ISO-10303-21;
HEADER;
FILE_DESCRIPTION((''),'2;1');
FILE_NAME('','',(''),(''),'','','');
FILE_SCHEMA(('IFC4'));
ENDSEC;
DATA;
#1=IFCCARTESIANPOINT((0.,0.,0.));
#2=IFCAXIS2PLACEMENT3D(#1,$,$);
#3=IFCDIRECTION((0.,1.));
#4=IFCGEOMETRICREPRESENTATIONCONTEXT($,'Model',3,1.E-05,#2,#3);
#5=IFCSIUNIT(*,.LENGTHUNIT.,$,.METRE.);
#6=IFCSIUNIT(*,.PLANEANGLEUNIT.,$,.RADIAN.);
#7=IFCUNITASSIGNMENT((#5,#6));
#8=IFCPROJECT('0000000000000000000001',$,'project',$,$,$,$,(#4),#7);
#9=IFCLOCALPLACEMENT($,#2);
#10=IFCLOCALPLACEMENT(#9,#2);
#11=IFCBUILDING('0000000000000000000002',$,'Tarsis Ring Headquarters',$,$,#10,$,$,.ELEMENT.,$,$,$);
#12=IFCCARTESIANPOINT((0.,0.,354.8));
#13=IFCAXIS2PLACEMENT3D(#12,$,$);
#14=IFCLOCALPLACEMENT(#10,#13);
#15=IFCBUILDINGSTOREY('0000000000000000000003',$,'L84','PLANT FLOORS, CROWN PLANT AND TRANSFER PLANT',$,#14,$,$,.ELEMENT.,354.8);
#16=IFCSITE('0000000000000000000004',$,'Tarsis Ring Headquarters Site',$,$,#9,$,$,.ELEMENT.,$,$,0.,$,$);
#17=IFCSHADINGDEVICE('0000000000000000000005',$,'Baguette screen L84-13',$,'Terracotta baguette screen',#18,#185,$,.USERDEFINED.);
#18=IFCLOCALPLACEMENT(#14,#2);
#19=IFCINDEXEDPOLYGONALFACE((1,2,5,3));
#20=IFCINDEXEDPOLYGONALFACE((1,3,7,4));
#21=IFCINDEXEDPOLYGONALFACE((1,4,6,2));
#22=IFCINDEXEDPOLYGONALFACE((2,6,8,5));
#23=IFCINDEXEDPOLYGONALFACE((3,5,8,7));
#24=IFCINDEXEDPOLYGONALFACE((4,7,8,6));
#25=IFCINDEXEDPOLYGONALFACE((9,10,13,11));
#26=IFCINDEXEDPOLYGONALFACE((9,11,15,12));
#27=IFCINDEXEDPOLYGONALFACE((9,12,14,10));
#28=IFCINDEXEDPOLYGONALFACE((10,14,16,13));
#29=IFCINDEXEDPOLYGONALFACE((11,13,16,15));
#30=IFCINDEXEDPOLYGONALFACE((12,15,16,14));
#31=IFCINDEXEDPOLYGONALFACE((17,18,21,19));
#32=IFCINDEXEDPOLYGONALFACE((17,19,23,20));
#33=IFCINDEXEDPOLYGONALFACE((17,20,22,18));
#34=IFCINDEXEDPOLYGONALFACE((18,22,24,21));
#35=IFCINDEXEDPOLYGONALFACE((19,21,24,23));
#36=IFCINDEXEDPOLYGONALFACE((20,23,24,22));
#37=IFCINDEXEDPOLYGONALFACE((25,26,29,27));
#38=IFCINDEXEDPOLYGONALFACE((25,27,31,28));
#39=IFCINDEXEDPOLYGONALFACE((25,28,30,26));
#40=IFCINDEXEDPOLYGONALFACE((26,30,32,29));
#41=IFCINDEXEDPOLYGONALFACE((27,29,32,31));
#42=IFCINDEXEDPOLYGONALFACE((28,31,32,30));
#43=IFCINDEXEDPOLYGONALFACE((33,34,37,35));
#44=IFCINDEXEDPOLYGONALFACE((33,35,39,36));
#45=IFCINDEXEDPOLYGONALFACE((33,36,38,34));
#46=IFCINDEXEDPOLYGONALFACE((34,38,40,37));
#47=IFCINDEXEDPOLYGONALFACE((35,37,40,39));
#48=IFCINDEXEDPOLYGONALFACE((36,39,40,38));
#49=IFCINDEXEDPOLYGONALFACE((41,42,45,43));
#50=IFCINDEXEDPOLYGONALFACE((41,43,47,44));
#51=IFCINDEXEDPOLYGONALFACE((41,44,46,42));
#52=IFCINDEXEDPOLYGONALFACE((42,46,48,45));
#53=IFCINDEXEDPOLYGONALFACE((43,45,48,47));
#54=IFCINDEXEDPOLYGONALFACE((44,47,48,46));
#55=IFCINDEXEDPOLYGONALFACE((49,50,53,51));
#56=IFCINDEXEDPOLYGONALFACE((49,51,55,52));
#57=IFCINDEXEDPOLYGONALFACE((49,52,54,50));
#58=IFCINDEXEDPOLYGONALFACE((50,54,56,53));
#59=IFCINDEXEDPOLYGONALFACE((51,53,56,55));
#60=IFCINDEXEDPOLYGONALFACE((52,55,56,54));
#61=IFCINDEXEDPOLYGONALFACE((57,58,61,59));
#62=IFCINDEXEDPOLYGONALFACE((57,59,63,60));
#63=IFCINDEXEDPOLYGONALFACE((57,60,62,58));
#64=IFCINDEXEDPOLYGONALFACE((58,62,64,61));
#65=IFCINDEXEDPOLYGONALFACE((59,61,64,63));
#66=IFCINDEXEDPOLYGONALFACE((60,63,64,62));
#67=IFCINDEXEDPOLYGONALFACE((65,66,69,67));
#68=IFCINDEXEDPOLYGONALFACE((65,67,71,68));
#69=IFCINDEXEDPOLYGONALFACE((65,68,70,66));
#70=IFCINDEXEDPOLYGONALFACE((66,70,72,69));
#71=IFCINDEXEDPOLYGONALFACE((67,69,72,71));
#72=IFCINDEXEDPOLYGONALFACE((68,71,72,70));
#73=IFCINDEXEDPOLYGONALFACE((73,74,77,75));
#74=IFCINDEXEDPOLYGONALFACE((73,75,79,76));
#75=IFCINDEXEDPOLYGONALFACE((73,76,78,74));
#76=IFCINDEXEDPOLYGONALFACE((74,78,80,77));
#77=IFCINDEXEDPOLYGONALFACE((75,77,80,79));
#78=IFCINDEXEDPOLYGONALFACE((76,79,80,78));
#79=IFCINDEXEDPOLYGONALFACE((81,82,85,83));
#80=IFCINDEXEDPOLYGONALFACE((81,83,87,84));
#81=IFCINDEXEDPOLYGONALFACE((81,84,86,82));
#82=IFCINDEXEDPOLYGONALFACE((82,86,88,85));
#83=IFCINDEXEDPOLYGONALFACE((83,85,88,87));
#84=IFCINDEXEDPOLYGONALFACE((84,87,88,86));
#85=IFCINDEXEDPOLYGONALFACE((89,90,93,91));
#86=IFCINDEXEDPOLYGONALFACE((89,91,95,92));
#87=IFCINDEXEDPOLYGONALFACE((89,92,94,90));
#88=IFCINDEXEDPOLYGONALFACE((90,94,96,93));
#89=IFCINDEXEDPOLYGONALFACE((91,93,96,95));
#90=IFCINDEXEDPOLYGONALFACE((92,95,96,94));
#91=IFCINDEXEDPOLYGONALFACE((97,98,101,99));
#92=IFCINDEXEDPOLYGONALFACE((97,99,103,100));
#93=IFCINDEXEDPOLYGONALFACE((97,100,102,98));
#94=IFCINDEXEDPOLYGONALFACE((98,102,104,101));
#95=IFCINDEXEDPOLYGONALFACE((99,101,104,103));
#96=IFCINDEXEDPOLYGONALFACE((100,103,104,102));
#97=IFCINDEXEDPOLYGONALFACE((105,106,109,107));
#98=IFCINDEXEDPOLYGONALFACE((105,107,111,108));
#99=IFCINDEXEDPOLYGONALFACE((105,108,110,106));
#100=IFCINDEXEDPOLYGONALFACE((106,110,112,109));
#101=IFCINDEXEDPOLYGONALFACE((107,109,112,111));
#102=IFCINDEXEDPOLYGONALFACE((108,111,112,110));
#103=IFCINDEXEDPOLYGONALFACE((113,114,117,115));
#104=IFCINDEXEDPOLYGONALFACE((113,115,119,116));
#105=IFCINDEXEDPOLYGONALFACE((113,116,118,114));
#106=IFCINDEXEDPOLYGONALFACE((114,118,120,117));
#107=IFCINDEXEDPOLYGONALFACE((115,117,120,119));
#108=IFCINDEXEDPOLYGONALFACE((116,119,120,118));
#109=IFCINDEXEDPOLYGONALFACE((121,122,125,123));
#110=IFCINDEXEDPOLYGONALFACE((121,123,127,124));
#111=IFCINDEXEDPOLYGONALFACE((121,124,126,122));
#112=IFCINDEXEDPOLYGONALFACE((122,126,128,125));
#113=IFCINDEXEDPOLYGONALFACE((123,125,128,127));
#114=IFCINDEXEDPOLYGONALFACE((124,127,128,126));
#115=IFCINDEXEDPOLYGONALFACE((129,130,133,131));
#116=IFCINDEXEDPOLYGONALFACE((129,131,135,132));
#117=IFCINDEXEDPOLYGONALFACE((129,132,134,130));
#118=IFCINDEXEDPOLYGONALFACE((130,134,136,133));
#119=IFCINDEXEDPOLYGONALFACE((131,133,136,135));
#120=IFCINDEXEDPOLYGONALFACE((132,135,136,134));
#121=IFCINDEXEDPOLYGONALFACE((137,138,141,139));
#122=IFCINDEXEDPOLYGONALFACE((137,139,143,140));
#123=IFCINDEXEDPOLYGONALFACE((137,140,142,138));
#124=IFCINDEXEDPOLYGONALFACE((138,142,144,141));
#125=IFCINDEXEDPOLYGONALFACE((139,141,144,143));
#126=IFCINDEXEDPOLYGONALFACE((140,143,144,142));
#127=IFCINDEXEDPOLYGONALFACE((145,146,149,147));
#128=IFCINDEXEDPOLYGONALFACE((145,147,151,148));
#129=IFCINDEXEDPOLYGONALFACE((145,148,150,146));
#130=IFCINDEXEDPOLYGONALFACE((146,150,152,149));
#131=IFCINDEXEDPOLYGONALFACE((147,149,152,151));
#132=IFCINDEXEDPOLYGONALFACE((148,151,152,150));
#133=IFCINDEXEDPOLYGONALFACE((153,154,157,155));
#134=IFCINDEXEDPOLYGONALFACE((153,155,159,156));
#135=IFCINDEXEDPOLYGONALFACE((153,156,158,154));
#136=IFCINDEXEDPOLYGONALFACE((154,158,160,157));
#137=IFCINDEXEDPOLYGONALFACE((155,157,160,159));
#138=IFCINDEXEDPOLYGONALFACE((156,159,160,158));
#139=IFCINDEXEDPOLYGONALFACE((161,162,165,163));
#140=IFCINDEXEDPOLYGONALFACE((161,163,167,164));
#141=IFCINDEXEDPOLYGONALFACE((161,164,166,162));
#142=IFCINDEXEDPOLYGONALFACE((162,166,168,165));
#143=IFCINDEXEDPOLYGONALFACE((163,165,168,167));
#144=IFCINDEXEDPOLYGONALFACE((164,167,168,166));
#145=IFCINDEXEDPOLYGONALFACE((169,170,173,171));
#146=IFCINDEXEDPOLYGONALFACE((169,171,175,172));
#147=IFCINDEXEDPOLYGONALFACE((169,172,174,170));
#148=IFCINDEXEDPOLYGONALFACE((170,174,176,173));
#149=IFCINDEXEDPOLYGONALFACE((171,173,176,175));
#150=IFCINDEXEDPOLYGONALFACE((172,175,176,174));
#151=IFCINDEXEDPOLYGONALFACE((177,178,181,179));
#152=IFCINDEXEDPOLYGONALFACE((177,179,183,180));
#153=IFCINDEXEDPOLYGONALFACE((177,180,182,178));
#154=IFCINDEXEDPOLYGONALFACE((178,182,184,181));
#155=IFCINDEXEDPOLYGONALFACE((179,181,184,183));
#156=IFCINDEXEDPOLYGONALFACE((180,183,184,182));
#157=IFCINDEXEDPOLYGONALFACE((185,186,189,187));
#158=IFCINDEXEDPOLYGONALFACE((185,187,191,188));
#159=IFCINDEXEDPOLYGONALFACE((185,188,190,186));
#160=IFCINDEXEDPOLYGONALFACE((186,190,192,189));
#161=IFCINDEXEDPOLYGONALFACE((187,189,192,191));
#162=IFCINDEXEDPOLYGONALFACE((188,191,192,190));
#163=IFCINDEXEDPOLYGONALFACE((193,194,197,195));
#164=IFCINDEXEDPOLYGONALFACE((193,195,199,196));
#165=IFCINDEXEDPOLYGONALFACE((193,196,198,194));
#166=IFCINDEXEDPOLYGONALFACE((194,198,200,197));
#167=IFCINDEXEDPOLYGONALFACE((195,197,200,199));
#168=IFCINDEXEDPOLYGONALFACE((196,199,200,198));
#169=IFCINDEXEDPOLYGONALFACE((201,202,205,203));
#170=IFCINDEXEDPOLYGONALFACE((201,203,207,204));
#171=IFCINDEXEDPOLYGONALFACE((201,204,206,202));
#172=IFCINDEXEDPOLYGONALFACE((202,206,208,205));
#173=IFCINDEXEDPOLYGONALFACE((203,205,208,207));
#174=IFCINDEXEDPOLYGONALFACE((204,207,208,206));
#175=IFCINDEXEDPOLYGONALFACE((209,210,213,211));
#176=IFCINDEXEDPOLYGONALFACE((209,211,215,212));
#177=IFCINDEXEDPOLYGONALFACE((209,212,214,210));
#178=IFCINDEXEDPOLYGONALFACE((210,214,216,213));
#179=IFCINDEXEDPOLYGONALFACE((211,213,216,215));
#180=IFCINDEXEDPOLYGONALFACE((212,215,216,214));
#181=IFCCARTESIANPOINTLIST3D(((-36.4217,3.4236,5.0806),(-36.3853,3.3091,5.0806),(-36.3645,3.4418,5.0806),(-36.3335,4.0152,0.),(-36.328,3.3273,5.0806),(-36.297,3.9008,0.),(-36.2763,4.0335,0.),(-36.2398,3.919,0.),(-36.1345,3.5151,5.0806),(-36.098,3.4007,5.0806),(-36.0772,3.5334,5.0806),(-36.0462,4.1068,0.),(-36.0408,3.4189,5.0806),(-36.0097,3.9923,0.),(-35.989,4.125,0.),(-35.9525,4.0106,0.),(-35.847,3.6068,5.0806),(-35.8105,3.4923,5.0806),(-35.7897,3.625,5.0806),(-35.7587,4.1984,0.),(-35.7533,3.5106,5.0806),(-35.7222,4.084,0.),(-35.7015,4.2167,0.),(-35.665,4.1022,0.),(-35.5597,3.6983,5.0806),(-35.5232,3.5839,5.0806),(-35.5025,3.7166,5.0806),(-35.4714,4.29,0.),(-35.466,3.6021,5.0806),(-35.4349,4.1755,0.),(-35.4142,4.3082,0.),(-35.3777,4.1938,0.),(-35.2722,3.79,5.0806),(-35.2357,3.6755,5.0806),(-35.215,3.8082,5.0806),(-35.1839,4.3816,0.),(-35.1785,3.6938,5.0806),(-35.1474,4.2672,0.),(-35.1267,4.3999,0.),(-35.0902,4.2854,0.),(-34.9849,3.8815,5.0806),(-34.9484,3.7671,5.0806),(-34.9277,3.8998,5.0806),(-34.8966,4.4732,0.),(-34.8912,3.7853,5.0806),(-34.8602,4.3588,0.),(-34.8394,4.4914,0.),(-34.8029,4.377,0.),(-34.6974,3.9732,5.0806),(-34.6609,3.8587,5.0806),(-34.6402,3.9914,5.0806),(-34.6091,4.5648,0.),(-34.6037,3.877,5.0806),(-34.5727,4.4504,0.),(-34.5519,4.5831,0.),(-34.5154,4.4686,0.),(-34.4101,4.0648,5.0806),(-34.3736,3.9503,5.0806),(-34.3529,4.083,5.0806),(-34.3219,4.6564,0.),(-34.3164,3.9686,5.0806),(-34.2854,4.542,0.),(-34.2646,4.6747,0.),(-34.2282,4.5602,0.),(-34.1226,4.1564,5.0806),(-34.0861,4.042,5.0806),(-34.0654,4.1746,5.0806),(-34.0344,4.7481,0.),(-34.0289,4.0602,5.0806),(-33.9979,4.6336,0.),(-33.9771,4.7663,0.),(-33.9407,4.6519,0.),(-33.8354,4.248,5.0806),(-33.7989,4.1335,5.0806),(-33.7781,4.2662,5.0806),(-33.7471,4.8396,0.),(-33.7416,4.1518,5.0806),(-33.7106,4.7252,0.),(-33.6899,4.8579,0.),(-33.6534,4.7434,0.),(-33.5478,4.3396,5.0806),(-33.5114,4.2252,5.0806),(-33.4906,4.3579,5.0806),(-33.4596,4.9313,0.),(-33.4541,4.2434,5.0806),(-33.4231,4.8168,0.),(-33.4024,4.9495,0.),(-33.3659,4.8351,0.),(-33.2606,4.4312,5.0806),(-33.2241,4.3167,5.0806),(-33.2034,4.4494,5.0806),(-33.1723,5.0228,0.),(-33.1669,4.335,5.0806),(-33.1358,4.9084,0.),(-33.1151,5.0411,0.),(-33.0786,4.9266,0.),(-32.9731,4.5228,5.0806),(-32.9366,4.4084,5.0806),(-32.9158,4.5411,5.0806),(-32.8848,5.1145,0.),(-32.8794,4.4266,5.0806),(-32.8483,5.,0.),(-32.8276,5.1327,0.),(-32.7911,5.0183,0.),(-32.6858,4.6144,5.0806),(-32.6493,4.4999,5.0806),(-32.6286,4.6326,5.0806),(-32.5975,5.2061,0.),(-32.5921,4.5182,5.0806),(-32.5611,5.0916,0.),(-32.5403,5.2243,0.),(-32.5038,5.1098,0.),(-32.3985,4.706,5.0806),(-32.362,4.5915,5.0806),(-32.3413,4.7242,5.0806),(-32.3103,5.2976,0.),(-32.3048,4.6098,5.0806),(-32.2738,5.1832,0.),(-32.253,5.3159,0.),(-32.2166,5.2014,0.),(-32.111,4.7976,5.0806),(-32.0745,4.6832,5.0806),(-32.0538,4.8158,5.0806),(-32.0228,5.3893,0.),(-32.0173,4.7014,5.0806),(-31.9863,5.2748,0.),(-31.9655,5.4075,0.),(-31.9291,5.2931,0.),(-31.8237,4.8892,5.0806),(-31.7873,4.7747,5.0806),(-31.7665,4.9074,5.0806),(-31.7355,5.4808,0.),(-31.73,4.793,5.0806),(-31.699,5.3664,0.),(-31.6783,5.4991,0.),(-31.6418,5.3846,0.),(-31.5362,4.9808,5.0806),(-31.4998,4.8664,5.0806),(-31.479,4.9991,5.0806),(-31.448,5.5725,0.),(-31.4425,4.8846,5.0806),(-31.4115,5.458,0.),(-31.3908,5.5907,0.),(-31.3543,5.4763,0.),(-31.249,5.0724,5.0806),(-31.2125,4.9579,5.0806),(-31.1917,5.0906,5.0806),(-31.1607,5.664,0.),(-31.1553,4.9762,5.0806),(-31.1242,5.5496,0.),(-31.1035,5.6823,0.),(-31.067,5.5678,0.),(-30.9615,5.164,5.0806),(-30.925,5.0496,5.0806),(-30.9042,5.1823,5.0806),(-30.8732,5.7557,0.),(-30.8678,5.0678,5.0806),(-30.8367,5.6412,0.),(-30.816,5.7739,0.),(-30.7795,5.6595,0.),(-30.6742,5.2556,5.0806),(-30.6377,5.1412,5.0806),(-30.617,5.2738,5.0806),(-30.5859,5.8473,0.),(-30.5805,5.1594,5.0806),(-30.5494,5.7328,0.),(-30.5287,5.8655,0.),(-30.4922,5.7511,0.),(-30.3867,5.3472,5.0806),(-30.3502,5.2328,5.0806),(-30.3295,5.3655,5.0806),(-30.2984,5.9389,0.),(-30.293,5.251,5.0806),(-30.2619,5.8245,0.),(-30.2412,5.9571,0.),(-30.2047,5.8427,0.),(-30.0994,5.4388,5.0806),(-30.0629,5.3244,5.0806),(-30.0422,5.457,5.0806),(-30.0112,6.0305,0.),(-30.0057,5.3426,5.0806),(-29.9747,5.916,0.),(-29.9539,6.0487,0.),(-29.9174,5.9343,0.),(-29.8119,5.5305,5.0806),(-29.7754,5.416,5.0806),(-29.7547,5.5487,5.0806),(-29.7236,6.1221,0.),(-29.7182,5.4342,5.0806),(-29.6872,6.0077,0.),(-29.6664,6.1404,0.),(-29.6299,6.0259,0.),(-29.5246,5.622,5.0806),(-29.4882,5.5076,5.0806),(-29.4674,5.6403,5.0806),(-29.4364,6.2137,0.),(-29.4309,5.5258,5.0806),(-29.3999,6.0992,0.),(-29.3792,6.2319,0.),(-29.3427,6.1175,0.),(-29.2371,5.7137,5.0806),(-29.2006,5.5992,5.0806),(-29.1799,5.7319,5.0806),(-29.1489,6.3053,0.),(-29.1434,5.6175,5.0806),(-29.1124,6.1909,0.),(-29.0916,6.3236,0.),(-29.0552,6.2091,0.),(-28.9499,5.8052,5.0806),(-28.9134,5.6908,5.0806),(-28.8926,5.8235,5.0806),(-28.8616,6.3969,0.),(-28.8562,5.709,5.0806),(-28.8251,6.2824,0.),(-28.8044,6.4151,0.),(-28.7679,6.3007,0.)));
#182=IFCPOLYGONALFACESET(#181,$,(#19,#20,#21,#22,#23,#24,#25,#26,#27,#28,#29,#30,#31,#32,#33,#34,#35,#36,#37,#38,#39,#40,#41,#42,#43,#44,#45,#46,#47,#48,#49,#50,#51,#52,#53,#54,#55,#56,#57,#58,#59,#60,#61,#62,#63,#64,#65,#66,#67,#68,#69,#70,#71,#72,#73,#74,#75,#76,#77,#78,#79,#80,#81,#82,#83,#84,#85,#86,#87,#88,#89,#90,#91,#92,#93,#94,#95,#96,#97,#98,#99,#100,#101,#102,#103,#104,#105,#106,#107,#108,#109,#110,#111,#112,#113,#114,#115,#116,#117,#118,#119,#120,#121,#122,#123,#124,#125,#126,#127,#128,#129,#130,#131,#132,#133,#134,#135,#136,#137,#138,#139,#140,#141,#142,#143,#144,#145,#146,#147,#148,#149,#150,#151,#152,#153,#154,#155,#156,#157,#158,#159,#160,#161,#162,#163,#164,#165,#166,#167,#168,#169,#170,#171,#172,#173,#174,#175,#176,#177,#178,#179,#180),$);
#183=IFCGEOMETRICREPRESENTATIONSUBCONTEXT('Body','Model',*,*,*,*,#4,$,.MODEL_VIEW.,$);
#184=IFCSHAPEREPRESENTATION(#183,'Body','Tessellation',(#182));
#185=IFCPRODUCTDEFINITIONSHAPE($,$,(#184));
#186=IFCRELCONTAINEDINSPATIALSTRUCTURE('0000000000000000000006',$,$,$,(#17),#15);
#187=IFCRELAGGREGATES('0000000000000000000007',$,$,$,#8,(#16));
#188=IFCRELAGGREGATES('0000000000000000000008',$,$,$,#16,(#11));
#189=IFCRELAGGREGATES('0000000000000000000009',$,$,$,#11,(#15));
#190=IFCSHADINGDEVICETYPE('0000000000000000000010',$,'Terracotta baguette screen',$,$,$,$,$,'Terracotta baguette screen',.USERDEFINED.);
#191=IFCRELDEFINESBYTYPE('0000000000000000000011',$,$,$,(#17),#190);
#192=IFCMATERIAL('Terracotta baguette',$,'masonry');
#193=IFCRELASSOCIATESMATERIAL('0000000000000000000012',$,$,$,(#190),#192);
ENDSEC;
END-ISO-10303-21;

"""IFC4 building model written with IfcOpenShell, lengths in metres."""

from ifc_helpers import new_model, si_unit, direction, frame, frame_2d, origin, place, context, subcontext, project, spatial, rectangle, composite_profile, extrude, material, type_object, element, save


model = new_model("IFC4")

# Units and contexts
model_context = context("Model", 3, precision=1e-05, world=origin(), true_north=direction((0.0, 1.0)))
body_context = subcontext(model_context, "Body", "Model", "MODEL_VIEW")
ifc_project = project(units=[si_unit("LENGTHUNIT", "METRE"), si_unit("PLANEANGLEUNIT", "RADIAN")], contexts=[model_context])

# Site, building, storey
site_placement = place(None, origin())
site = spatial("IfcSite", under=ifc_project, at=site_placement, Name="Tarsis Ring Headquarters Site", CompositionType="ELEMENT", RefElevation=0.0)
building_placement = place(site_placement, origin())
building = spatial("IfcBuilding", under=site, at=building_placement, Name="Tarsis Ring Headquarters", CompositionType="ELEMENT")
storey_placement = place(building_placement, frame((0.0, 0.0, 354.8)))
storey = spatial("IfcBuildingStorey", under=building, at=storey_placement, Name="L84", Description="PLANT FLOORS, CROWN PLANT AND TRANSFER PLANT", CompositionType="ELEMENT", Elevation=354.8)

# Shading device
ifc_material_1 = material(Name="Terracotta baguette", Category="masonry")
shading_device_type_1 = type_object("IfcShadingDeviceType", Name="Terracotta baguette screen", ElementType="Terracotta baguette screen", PredefinedType="USERDEFINED", material=ifc_material_1)
shading_device_1_placement = place(storey_placement, frame((-28.7861, 6.3579, 0.0), z_axis=(0.0, 0.0, 1.0), x_axis=(-0.952762, -0.303695, 0.0)))
element("IfcShadingDevice", 1, at=shading_device_1_placement, inside=storey, type_object=shading_device_type_1, Name="Baguette screen L84-13", ObjectType="Terracotta baguette screen", PredefinedType="USERDEFINED", context=body_context, shape_type="SweptSolid", body=[
    extrude(composite_profile([rectangle(XDim=0.0601, YDim=0.1201, at=frame_2d((0.03, 0.0))), rectangle(XDim=0.0601, YDim=0.1201, at=frame_2d((0.3315, 0.0))), rectangle(XDim=0.0601, YDim=0.1201, at=frame_2d((0.6333, 0.0))), rectangle(XDim=0.0601, YDim=0.1201, at=frame_2d((0.9348, 0.0))), rectangle(XDim=0.0601, YDim=0.1201, at=frame_2d((1.2366, 0.0))), rectangle(XDim=0.0601, YDim=0.1201, at=frame_2d((1.5381, 0.0))), rectangle(XDim=0.0601, YDim=0.1201, at=frame_2d((1.8398, 0.0))), rectangle(XDim=0.0601, YDim=0.1201, at=frame_2d((2.1414, 0.0))), rectangle(XDim=0.0601, YDim=0.1201, at=frame_2d((2.4431, 0.0))), rectangle(XDim=0.0601, YDim=0.1201, at=frame_2d((2.7446, 0.0))), rectangle(XDim=0.0601, YDim=0.1201, at=frame_2d((3.0464, 0.0))), rectangle(XDim=0.0601, YDim=0.1201, at=frame_2d((3.3479, 0.0))), rectangle(XDim=0.0601, YDim=0.1201, at=frame_2d((3.6497, 0.0))), rectangle(XDim=0.0601, YDim=0.1201, at=frame_2d((3.9512, 0.0))), rectangle(XDim=0.0601, YDim=0.1201, at=frame_2d((4.2527, 0.0))), rectangle(XDim=0.0601, YDim=0.1201, at=frame_2d((4.5544, 0.0))), rectangle(XDim=0.0601, YDim=0.1201, at=frame_2d((4.856, 0.0))), rectangle(XDim=0.0601, YDim=0.1201, at=frame_2d((5.1577, 0.0))), rectangle(XDim=0.0601, YDim=0.1201, at=frame_2d((5.4592, 0.0))), rectangle(XDim=0.0601, YDim=0.1201, at=frame_2d((5.761, 0.0))), rectangle(XDim=0.0601, YDim=0.1201, at=frame_2d((6.0625, 0.0))), rectangle(XDim=0.0601, YDim=0.1201, at=frame_2d((6.3643, 0.0))), rectangle(XDim=0.0601, YDim=0.1201, at=frame_2d((6.6658, 0.0))), rectangle(XDim=0.0601, YDim=0.1201, at=frame_2d((6.9675, 0.0))), rectangle(XDim=0.0601, YDim=0.1201, at=frame_2d((7.269, 0.0))), rectangle(XDim=0.0601, YDim=0.1201, at=frame_2d((7.5708, 0.0))), rectangle(XDim=0.0601, YDim=0.1201, at=frame_2d((7.8723, 0.0)))]), origin(), (0.051562, 0.104953, 0.99314), 5.1157),
])

save(model, "model.ifc")
